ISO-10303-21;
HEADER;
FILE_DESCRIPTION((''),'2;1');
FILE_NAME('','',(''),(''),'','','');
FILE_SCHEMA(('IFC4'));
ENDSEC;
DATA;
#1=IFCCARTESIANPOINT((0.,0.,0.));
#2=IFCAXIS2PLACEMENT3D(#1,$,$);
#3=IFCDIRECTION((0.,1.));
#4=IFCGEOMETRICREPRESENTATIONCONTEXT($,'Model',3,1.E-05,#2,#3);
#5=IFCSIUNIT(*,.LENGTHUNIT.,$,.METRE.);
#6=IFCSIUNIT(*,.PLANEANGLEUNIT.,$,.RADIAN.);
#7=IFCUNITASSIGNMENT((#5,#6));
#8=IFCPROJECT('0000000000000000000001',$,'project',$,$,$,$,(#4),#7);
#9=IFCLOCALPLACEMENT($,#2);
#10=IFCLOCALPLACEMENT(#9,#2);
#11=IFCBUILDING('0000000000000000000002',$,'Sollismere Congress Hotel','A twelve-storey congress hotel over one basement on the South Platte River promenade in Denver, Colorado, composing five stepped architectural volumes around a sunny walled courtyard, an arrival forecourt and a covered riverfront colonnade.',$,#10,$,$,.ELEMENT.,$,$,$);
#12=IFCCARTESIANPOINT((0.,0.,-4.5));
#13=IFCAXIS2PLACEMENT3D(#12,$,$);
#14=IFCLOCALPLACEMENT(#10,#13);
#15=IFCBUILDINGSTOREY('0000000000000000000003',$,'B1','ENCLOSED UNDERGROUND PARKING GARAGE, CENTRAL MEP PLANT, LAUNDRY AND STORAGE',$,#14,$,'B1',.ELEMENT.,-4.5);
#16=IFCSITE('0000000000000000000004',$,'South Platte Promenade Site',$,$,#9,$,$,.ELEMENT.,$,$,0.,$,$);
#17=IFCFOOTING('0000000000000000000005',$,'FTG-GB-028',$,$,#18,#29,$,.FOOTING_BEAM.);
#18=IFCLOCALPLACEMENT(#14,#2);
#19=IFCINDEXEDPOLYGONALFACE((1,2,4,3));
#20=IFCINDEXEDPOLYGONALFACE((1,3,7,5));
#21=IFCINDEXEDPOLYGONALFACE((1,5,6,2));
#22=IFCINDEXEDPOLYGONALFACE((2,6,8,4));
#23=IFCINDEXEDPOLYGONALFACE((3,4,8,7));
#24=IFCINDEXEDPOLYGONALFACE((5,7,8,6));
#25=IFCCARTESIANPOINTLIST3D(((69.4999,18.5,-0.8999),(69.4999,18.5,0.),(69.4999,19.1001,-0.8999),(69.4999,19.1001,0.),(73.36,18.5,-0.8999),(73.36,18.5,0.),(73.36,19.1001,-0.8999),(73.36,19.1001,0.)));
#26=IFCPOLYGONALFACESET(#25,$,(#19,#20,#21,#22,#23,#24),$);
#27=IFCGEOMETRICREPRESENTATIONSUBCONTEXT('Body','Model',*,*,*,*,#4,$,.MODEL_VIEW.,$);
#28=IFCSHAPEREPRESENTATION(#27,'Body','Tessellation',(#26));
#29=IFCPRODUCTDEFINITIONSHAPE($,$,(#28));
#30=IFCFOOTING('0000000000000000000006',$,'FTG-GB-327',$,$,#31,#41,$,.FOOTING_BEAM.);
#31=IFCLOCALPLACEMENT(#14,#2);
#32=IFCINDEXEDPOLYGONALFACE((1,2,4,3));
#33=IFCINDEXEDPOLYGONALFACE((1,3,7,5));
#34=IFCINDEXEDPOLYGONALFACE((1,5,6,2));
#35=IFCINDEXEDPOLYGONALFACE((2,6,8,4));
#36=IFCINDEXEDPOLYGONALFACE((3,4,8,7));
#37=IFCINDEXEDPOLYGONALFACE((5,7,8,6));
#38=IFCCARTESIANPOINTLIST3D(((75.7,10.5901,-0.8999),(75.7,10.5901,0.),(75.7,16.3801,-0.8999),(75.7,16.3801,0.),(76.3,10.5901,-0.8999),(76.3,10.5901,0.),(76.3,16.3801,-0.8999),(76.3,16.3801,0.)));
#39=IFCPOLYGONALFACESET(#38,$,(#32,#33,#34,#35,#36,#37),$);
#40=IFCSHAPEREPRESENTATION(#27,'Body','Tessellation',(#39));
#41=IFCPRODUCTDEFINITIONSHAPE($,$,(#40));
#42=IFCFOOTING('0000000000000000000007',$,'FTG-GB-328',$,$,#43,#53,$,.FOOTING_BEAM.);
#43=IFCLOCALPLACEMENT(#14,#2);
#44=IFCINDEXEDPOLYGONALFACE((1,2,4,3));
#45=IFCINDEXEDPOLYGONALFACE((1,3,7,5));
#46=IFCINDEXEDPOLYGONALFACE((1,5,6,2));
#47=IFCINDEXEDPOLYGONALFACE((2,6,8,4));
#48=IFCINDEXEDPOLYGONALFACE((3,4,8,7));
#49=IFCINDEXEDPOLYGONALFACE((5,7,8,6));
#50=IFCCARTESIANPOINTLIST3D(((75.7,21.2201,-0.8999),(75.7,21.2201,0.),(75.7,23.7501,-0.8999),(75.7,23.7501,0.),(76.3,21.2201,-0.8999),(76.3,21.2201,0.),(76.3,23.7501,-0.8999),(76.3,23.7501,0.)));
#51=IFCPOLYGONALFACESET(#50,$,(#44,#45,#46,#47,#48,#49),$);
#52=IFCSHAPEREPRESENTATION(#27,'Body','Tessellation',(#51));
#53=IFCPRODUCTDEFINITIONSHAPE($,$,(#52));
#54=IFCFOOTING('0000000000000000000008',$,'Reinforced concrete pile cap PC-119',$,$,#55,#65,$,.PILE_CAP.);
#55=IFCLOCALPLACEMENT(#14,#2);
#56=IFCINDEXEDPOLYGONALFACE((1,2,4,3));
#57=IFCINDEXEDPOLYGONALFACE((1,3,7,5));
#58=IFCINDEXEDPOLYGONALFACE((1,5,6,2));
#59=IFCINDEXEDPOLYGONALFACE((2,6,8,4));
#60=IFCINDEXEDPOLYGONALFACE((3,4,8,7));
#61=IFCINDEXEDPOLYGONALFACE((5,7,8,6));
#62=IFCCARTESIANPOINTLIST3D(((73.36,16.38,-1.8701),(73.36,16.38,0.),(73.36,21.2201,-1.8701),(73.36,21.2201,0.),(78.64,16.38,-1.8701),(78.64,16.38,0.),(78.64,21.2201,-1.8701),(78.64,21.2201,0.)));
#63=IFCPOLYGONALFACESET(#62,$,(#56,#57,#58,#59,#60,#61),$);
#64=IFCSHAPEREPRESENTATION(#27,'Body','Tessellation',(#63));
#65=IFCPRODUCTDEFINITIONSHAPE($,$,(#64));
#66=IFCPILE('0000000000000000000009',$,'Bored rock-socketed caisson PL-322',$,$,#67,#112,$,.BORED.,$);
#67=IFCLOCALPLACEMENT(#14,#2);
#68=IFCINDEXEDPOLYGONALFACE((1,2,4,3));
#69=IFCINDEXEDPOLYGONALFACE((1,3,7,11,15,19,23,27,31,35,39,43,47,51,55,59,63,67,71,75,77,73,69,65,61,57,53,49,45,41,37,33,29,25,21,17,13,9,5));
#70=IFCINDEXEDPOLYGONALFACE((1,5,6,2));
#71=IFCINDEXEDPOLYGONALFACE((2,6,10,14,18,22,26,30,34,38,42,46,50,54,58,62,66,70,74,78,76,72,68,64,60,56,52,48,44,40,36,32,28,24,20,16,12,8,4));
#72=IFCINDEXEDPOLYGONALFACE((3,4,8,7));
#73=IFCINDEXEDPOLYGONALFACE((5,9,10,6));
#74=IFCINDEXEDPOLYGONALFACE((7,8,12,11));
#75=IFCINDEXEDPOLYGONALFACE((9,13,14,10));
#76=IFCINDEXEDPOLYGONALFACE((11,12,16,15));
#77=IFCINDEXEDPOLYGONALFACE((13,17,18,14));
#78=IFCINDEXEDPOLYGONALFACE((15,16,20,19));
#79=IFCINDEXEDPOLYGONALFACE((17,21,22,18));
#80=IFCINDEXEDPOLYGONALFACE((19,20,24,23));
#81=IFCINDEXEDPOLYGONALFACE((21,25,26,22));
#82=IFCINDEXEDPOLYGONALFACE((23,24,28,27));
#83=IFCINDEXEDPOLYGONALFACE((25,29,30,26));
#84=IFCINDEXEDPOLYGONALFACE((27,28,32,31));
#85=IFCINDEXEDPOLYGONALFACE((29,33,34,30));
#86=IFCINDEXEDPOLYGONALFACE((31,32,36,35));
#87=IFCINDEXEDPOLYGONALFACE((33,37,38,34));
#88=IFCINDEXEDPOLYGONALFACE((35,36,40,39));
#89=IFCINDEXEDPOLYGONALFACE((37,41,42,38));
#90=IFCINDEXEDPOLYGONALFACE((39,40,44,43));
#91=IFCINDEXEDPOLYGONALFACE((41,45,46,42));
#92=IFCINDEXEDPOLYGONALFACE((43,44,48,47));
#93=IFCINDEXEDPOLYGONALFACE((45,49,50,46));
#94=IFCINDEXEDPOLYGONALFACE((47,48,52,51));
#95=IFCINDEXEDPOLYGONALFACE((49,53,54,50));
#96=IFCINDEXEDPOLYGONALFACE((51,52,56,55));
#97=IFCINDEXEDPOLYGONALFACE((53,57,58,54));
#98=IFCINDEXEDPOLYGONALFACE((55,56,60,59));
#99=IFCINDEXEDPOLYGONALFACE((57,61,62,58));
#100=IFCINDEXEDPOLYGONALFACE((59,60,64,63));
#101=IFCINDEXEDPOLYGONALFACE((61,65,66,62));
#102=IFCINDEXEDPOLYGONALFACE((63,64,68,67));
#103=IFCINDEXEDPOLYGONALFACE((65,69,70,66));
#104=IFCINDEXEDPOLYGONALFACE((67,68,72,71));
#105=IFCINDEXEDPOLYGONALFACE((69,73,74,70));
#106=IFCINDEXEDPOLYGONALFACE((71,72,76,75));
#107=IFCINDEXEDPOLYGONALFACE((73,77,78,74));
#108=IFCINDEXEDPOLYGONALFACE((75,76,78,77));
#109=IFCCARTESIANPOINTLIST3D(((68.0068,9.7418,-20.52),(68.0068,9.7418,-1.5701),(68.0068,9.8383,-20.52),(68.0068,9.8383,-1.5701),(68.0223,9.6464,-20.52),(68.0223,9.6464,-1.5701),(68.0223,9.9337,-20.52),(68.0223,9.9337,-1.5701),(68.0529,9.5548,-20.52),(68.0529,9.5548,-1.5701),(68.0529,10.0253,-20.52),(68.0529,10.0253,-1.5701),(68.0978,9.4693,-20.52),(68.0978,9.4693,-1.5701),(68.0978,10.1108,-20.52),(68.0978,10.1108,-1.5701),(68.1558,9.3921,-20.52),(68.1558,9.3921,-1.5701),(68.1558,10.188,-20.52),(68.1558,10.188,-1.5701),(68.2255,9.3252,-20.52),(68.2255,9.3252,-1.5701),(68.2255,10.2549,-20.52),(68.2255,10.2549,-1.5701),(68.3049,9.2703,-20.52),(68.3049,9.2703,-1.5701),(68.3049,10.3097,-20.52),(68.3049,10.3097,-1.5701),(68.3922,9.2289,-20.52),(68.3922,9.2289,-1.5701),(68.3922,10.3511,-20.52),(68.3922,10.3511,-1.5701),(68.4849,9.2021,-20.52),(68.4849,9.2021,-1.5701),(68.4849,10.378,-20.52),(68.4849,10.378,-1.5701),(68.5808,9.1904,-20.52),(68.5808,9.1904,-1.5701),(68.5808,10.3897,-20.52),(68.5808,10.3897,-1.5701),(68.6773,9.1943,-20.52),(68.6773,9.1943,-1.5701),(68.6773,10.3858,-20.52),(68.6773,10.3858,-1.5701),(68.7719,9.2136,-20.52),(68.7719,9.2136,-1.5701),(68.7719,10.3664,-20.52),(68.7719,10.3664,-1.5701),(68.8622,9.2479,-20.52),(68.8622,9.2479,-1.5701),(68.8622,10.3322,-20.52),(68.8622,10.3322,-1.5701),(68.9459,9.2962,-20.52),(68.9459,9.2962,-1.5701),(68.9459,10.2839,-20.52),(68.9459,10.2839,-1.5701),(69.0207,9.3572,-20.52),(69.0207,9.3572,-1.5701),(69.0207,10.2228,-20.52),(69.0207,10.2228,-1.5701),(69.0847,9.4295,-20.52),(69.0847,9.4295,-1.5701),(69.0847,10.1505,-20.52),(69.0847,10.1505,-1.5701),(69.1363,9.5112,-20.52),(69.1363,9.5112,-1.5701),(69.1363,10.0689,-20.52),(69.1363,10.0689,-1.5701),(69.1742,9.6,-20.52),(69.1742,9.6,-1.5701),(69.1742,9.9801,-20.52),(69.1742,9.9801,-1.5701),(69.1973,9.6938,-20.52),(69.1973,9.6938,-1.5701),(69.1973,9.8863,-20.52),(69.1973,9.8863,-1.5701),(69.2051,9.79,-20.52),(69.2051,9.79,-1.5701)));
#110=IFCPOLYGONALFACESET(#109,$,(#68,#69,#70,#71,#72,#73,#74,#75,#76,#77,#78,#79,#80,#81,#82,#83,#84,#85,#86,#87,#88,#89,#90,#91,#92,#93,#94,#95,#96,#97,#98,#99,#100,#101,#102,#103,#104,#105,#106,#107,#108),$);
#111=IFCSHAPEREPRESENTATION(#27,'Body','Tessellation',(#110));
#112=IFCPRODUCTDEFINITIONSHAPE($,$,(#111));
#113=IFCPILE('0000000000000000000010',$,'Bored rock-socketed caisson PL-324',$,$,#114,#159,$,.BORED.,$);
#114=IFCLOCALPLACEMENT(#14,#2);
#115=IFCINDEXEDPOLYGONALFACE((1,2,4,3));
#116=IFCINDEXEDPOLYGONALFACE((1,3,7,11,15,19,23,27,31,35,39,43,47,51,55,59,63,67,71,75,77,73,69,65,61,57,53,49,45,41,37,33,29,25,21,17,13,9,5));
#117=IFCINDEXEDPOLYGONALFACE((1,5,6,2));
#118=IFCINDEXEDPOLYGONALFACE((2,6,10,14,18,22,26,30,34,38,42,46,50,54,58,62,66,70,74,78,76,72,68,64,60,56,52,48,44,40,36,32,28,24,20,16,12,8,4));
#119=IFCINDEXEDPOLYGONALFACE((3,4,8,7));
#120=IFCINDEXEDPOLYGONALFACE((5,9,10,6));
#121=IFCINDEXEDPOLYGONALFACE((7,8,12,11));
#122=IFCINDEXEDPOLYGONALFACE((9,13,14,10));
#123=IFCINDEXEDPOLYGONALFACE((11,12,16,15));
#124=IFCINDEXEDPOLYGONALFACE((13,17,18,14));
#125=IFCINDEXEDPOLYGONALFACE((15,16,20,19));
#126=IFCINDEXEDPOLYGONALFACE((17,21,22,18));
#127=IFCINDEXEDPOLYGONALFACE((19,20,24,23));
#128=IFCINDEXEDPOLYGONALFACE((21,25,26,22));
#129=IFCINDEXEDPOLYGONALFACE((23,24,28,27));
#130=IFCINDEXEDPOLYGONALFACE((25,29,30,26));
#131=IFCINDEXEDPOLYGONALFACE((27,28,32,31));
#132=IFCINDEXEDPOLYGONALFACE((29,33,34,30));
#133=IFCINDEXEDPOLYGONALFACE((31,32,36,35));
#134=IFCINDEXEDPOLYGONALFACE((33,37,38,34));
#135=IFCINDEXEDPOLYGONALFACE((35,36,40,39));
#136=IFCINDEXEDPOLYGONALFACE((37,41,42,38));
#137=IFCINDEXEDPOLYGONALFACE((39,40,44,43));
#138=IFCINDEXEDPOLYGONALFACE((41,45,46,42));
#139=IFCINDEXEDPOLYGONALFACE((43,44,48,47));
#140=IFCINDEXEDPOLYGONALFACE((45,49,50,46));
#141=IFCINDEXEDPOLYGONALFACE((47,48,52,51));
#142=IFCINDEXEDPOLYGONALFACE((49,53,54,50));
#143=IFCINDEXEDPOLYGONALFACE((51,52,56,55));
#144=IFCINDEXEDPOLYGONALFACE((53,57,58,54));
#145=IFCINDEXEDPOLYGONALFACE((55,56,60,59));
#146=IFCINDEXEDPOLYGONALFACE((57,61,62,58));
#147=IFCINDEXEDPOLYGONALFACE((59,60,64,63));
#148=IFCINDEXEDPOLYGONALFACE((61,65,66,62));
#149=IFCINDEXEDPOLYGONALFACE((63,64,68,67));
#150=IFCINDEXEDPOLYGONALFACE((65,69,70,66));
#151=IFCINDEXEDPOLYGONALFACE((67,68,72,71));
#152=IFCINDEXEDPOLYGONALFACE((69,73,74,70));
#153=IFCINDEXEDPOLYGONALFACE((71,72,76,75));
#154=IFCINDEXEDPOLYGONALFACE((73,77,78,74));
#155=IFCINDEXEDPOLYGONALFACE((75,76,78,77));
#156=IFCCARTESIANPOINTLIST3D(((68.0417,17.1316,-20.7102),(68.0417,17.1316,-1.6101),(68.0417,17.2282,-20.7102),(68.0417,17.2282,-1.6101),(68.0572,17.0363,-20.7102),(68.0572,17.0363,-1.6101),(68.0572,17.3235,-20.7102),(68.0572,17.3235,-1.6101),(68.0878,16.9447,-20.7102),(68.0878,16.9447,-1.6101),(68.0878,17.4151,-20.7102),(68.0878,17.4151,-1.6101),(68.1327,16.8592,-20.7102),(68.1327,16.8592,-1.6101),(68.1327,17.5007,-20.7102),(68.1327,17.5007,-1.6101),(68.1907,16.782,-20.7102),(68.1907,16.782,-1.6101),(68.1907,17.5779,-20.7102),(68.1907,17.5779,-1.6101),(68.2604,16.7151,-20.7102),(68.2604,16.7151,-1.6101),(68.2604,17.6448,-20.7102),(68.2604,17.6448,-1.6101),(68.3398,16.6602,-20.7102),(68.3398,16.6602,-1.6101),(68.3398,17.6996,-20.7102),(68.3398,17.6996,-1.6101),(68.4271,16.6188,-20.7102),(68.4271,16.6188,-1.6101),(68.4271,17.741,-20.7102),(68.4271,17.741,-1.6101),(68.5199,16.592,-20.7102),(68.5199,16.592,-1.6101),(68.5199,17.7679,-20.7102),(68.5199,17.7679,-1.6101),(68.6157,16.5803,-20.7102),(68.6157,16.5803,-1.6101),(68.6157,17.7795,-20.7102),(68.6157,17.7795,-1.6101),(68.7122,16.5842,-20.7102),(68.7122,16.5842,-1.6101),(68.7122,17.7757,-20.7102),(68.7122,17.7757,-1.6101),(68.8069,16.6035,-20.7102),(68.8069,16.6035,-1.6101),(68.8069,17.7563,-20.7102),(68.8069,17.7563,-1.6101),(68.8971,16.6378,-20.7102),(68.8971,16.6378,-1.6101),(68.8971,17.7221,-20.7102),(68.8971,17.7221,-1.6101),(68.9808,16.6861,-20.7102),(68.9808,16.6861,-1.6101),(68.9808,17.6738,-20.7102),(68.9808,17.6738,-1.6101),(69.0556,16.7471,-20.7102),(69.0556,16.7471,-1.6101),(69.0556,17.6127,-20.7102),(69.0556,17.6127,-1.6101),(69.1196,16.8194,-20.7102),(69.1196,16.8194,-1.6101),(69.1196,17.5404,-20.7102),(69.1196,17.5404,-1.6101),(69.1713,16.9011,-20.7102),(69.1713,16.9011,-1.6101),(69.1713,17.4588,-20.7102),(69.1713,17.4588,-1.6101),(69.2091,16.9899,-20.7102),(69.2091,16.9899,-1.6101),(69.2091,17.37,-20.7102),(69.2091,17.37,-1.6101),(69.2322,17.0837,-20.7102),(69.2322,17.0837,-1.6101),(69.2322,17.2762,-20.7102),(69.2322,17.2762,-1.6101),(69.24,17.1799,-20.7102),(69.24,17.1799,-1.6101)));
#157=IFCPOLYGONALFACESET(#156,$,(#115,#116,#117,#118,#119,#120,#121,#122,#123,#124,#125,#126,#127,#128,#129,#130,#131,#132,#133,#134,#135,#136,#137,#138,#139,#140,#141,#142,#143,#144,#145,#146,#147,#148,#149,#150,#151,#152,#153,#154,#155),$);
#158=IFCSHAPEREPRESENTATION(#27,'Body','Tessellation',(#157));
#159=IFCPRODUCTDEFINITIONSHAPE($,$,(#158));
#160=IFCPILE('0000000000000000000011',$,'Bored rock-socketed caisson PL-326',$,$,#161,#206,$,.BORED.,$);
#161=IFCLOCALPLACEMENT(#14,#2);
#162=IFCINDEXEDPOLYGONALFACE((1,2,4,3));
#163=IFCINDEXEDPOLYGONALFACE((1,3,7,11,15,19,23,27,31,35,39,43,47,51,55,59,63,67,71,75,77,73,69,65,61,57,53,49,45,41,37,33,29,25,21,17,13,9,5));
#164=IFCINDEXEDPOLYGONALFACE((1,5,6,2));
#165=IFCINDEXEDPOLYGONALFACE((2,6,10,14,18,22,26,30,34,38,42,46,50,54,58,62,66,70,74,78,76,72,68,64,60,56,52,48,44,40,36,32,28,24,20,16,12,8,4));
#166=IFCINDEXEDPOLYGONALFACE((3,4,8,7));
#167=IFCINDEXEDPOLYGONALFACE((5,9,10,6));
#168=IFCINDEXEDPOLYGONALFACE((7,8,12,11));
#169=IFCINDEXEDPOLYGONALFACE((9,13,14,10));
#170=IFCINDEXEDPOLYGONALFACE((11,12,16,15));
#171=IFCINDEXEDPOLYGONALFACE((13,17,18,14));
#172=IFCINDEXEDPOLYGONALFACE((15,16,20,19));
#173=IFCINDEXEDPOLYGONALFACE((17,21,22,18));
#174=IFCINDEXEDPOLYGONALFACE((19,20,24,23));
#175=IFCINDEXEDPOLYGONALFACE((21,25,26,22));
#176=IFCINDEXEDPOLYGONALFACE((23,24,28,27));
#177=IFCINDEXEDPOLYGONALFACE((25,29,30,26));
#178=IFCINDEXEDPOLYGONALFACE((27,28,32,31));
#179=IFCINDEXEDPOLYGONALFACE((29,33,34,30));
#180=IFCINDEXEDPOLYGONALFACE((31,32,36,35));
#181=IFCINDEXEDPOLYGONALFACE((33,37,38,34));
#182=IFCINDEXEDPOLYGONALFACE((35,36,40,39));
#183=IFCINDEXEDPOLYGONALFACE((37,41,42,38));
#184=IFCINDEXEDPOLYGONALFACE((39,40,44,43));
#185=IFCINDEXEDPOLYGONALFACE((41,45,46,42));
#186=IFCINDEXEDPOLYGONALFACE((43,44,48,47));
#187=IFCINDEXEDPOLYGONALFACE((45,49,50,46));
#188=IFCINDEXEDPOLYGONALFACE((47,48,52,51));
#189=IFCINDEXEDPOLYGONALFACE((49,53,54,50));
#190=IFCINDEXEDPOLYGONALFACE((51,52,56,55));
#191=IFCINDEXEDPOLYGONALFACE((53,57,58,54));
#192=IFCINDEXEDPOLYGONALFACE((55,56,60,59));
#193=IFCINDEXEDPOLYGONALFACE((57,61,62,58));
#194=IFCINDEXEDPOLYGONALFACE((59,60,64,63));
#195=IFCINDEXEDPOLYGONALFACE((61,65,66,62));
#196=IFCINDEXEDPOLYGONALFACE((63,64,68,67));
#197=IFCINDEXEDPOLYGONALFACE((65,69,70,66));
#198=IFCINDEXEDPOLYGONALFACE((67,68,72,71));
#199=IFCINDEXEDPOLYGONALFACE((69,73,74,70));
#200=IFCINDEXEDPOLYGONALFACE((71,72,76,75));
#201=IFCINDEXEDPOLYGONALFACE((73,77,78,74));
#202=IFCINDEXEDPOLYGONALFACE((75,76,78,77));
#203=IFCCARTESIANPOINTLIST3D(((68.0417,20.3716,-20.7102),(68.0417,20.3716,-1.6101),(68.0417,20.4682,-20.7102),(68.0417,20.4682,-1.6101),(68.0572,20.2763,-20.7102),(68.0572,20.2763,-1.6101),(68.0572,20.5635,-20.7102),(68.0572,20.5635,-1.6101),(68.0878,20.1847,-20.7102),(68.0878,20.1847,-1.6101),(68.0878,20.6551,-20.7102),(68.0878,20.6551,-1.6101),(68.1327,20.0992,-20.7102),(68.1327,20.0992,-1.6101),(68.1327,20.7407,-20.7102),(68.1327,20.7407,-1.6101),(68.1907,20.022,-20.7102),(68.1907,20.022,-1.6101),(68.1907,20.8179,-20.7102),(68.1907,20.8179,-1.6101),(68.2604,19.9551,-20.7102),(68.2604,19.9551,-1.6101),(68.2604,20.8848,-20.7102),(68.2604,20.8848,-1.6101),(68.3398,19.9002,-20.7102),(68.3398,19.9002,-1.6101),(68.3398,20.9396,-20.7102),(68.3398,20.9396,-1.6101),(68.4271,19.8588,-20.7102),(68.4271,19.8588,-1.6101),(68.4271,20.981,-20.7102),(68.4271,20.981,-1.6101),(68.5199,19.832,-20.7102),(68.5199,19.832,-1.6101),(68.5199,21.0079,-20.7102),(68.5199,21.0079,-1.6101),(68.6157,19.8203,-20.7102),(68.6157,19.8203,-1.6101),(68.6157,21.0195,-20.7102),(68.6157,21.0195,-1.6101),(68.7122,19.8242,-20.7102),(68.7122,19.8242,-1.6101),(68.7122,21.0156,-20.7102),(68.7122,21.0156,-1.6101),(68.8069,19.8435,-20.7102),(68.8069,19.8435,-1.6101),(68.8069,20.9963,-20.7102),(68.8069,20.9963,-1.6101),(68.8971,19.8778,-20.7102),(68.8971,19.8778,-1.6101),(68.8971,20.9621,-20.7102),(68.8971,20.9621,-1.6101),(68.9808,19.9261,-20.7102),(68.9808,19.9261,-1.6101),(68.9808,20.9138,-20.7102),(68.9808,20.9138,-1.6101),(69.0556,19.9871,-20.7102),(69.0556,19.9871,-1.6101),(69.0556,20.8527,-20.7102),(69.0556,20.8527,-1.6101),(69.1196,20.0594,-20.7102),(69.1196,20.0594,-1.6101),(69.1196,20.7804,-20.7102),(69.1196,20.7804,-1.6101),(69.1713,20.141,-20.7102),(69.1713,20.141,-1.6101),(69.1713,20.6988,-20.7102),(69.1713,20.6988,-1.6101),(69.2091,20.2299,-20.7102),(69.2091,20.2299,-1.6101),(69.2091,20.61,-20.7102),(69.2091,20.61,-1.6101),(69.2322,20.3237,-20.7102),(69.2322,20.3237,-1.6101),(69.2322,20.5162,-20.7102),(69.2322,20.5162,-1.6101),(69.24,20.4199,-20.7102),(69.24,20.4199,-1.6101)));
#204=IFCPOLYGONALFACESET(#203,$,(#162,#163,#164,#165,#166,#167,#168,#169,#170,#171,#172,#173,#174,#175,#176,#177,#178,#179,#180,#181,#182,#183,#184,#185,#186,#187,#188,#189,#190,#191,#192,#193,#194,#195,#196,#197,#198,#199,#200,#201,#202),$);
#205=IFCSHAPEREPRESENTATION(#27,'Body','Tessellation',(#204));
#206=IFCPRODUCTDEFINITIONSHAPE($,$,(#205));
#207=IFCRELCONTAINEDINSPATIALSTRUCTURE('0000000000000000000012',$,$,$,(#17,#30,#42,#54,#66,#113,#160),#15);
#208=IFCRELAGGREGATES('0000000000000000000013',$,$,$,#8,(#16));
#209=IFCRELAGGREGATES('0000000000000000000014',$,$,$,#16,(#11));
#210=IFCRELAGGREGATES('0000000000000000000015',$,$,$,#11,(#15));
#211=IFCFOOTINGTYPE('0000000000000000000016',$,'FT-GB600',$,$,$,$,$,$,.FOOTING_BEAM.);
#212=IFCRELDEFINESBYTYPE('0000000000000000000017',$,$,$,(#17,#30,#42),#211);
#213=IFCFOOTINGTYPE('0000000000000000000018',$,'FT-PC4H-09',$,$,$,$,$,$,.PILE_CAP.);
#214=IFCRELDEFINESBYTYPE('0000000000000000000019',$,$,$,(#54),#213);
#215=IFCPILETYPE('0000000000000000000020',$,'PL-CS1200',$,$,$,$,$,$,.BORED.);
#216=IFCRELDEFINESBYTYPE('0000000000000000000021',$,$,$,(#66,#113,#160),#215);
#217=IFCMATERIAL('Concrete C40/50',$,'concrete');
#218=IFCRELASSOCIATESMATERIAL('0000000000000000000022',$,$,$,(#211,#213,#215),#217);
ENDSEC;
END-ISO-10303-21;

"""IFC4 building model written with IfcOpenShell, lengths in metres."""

from ifc_helpers import new_model, si_unit, direction, frame, origin, origin_2d, place, context, subcontext, project, spatial, rectangle, circle, extrude, material, material_profile, profile_set, type_object, element, save


model = new_model("IFC4")

# Units and contexts
model_context = context("Model", 3, precision=1e-05, world=origin(), true_north=direction((0.0, 1.0)))
body_context = subcontext(model_context, "Body", "Model", "MODEL_VIEW")
ifc_project = project(units=[si_unit("LENGTHUNIT", "METRE"), si_unit("PLANEANGLEUNIT", "RADIAN")], contexts=[model_context])

# Site, building, storey
site_placement = place(None, origin())
site = spatial("IfcSite", under=ifc_project, at=site_placement, Name="South Platte Promenade Site", CompositionType="ELEMENT", RefElevation=0.0)
building_placement = place(site_placement, origin())
building = spatial("IfcBuilding", under=site, at=building_placement, Name="Sollismere Congress Hotel", Description="A twelve-storey congress hotel over one basement on the South Platte River promenade in Denver, Colorado, composing five stepped architectural volumes around a sunny walled courtyard, an arrival forecourt and a covered riverfront colonnade.", CompositionType="ELEMENT")
storey_placement = place(building_placement, frame((0.0, 0.0, -4.5)))
storey = spatial("IfcBuildingStorey", under=building, at=storey_placement, Name="B1", Description="ENCLOSED UNDERGROUND PARKING GARAGE, CENTRAL MEP PLANT, LAUNDRY AND STORAGE", LongName="B1", CompositionType="ELEMENT", Elevation=-4.5)

# Footings
ifc_material_1 = material(Name="Concrete C40/50", Category="concrete")
footing_type_1 = type_object("IfcFootingType", Name="FT-GB600", PredefinedType="FOOTING_BEAM", material=ifc_material_1)
footing_1_placement = place(storey_placement, frame((71.4299, 18.8, -0.8999), z_axis=(0.0, 0.0, 1.0), x_axis=(1.0, 0.0, 0.0)))
element("IfcFooting", 1, at=footing_1_placement, inside=storey, type_object=footing_type_1, Name="FTG-GB-028", PredefinedType="FOOTING_BEAM", context=body_context, shape_type="SweptSolid", body=[
    extrude(rectangle(XDim=3.8601, YDim=0.6001, at=origin_2d()), origin(), (0.0, 0.0, 1.0), 0.8999),
])
footing_2_placement = place(storey_placement, frame((76.0, 13.4851, -0.8999), z_axis=(0.0, 0.0, 1.0), x_axis=(0.0, 1.0, 0.0)))
element("IfcFooting", 2, at=footing_2_placement, inside=storey, type_object=footing_type_1, Name="FTG-GB-327", PredefinedType="FOOTING_BEAM", context=body_context, shape_type="SweptSolid", body=[
    extrude(rectangle(XDim=5.79, YDim=0.6001, at=origin_2d()), origin(), (0.0, 0.0, 1.0), 0.8999),
])
footing_3_placement = place(storey_placement, frame((76.0, 22.4851, -0.8999), z_axis=(0.0, 0.0, 1.0), x_axis=(0.0, 1.0, 0.0)))
element("IfcFooting", 3, at=footing_3_placement, inside=storey, type_object=footing_type_1, Name="FTG-GB-328", PredefinedType="FOOTING_BEAM", context=body_context, shape_type="SweptSolid", body=[
    extrude(rectangle(XDim=2.53, YDim=0.6001, at=origin_2d()), origin(), (0.0, 0.0, 1.0), 0.8999),
])
footing_type_2 = type_object("IfcFootingType", Name="FT-PC4H-09", PredefinedType="PILE_CAP", material=ifc_material_1)
footing_4_placement = place(storey_placement, frame((76.0, 18.8, -1.8701), z_axis=(0.0, 0.0, 1.0), x_axis=(1.0, 0.0, 0.0)))
element("IfcFooting", 4, at=footing_4_placement, inside=storey, type_object=footing_type_2, Name="Reinforced concrete pile cap PC-119", PredefinedType="PILE_CAP", context=body_context, shape_type="SweptSolid", body=[
    extrude(rectangle(XDim=5.28, YDim=4.8401, at=origin_2d()), origin(), (0.0, 0.0, 1.0), 1.8701),
])

# Piles
ifc_material_profile_1 = material_profile(ifc_material_1, circle(Radius=0.6001, at=origin_2d()), Name="CAISSON1200")
ifc_profile_set_1 = profile_set([ifc_material_profile_1], Name="Concrete C40/50")
pile_type = type_object("IfcPileType", Name="PL-CS1200", PredefinedType="BORED", material=ifc_profile_set_1)
pile_1_placement = place(storey_placement, frame((68.605, 9.79, -1.5701), z_axis=(0.0, 0.0, -1.0), x_axis=(1.0, 0.0, 0.0)))
element("IfcPile", 5, at=pile_1_placement, inside=storey, type_object=pile_type, Name="Bored rock-socketed caisson PL-322", PredefinedType="BORED", context=body_context, shape_type="SweptSolid", body=[
    extrude(circle(Radius=0.6001, at=origin_2d()), origin(), (0.0, 0.0, 1.0), 18.95),
])
for number, where, z_axis, x_axis, name in (
    (6, (68.6399, 17.1799, -1.6101), (0.0, 0.0, -1.0), (1.0, 0.0, 0.0), "Bored rock-socketed caisson PL-324"),
    (7, (68.6399, 20.4199, -1.6101), (0.0, 0.0, -1.0), (1.0, 0.0, 0.0), "Bored rock-socketed caisson PL-326"),
):
    element("IfcPile", number, at=place(storey_placement, frame(where, z_axis=z_axis, x_axis=x_axis)), inside=storey, type_object=pile_type, Name=name, PredefinedType="BORED", context=body_context, shape_type="SweptSolid", body=[
        extrude(circle(Radius=0.6001, at=origin_2d()), origin(), (0.0, 0.0, 1.0), 19.1001),
    ])

save(model, "model.ifc")
